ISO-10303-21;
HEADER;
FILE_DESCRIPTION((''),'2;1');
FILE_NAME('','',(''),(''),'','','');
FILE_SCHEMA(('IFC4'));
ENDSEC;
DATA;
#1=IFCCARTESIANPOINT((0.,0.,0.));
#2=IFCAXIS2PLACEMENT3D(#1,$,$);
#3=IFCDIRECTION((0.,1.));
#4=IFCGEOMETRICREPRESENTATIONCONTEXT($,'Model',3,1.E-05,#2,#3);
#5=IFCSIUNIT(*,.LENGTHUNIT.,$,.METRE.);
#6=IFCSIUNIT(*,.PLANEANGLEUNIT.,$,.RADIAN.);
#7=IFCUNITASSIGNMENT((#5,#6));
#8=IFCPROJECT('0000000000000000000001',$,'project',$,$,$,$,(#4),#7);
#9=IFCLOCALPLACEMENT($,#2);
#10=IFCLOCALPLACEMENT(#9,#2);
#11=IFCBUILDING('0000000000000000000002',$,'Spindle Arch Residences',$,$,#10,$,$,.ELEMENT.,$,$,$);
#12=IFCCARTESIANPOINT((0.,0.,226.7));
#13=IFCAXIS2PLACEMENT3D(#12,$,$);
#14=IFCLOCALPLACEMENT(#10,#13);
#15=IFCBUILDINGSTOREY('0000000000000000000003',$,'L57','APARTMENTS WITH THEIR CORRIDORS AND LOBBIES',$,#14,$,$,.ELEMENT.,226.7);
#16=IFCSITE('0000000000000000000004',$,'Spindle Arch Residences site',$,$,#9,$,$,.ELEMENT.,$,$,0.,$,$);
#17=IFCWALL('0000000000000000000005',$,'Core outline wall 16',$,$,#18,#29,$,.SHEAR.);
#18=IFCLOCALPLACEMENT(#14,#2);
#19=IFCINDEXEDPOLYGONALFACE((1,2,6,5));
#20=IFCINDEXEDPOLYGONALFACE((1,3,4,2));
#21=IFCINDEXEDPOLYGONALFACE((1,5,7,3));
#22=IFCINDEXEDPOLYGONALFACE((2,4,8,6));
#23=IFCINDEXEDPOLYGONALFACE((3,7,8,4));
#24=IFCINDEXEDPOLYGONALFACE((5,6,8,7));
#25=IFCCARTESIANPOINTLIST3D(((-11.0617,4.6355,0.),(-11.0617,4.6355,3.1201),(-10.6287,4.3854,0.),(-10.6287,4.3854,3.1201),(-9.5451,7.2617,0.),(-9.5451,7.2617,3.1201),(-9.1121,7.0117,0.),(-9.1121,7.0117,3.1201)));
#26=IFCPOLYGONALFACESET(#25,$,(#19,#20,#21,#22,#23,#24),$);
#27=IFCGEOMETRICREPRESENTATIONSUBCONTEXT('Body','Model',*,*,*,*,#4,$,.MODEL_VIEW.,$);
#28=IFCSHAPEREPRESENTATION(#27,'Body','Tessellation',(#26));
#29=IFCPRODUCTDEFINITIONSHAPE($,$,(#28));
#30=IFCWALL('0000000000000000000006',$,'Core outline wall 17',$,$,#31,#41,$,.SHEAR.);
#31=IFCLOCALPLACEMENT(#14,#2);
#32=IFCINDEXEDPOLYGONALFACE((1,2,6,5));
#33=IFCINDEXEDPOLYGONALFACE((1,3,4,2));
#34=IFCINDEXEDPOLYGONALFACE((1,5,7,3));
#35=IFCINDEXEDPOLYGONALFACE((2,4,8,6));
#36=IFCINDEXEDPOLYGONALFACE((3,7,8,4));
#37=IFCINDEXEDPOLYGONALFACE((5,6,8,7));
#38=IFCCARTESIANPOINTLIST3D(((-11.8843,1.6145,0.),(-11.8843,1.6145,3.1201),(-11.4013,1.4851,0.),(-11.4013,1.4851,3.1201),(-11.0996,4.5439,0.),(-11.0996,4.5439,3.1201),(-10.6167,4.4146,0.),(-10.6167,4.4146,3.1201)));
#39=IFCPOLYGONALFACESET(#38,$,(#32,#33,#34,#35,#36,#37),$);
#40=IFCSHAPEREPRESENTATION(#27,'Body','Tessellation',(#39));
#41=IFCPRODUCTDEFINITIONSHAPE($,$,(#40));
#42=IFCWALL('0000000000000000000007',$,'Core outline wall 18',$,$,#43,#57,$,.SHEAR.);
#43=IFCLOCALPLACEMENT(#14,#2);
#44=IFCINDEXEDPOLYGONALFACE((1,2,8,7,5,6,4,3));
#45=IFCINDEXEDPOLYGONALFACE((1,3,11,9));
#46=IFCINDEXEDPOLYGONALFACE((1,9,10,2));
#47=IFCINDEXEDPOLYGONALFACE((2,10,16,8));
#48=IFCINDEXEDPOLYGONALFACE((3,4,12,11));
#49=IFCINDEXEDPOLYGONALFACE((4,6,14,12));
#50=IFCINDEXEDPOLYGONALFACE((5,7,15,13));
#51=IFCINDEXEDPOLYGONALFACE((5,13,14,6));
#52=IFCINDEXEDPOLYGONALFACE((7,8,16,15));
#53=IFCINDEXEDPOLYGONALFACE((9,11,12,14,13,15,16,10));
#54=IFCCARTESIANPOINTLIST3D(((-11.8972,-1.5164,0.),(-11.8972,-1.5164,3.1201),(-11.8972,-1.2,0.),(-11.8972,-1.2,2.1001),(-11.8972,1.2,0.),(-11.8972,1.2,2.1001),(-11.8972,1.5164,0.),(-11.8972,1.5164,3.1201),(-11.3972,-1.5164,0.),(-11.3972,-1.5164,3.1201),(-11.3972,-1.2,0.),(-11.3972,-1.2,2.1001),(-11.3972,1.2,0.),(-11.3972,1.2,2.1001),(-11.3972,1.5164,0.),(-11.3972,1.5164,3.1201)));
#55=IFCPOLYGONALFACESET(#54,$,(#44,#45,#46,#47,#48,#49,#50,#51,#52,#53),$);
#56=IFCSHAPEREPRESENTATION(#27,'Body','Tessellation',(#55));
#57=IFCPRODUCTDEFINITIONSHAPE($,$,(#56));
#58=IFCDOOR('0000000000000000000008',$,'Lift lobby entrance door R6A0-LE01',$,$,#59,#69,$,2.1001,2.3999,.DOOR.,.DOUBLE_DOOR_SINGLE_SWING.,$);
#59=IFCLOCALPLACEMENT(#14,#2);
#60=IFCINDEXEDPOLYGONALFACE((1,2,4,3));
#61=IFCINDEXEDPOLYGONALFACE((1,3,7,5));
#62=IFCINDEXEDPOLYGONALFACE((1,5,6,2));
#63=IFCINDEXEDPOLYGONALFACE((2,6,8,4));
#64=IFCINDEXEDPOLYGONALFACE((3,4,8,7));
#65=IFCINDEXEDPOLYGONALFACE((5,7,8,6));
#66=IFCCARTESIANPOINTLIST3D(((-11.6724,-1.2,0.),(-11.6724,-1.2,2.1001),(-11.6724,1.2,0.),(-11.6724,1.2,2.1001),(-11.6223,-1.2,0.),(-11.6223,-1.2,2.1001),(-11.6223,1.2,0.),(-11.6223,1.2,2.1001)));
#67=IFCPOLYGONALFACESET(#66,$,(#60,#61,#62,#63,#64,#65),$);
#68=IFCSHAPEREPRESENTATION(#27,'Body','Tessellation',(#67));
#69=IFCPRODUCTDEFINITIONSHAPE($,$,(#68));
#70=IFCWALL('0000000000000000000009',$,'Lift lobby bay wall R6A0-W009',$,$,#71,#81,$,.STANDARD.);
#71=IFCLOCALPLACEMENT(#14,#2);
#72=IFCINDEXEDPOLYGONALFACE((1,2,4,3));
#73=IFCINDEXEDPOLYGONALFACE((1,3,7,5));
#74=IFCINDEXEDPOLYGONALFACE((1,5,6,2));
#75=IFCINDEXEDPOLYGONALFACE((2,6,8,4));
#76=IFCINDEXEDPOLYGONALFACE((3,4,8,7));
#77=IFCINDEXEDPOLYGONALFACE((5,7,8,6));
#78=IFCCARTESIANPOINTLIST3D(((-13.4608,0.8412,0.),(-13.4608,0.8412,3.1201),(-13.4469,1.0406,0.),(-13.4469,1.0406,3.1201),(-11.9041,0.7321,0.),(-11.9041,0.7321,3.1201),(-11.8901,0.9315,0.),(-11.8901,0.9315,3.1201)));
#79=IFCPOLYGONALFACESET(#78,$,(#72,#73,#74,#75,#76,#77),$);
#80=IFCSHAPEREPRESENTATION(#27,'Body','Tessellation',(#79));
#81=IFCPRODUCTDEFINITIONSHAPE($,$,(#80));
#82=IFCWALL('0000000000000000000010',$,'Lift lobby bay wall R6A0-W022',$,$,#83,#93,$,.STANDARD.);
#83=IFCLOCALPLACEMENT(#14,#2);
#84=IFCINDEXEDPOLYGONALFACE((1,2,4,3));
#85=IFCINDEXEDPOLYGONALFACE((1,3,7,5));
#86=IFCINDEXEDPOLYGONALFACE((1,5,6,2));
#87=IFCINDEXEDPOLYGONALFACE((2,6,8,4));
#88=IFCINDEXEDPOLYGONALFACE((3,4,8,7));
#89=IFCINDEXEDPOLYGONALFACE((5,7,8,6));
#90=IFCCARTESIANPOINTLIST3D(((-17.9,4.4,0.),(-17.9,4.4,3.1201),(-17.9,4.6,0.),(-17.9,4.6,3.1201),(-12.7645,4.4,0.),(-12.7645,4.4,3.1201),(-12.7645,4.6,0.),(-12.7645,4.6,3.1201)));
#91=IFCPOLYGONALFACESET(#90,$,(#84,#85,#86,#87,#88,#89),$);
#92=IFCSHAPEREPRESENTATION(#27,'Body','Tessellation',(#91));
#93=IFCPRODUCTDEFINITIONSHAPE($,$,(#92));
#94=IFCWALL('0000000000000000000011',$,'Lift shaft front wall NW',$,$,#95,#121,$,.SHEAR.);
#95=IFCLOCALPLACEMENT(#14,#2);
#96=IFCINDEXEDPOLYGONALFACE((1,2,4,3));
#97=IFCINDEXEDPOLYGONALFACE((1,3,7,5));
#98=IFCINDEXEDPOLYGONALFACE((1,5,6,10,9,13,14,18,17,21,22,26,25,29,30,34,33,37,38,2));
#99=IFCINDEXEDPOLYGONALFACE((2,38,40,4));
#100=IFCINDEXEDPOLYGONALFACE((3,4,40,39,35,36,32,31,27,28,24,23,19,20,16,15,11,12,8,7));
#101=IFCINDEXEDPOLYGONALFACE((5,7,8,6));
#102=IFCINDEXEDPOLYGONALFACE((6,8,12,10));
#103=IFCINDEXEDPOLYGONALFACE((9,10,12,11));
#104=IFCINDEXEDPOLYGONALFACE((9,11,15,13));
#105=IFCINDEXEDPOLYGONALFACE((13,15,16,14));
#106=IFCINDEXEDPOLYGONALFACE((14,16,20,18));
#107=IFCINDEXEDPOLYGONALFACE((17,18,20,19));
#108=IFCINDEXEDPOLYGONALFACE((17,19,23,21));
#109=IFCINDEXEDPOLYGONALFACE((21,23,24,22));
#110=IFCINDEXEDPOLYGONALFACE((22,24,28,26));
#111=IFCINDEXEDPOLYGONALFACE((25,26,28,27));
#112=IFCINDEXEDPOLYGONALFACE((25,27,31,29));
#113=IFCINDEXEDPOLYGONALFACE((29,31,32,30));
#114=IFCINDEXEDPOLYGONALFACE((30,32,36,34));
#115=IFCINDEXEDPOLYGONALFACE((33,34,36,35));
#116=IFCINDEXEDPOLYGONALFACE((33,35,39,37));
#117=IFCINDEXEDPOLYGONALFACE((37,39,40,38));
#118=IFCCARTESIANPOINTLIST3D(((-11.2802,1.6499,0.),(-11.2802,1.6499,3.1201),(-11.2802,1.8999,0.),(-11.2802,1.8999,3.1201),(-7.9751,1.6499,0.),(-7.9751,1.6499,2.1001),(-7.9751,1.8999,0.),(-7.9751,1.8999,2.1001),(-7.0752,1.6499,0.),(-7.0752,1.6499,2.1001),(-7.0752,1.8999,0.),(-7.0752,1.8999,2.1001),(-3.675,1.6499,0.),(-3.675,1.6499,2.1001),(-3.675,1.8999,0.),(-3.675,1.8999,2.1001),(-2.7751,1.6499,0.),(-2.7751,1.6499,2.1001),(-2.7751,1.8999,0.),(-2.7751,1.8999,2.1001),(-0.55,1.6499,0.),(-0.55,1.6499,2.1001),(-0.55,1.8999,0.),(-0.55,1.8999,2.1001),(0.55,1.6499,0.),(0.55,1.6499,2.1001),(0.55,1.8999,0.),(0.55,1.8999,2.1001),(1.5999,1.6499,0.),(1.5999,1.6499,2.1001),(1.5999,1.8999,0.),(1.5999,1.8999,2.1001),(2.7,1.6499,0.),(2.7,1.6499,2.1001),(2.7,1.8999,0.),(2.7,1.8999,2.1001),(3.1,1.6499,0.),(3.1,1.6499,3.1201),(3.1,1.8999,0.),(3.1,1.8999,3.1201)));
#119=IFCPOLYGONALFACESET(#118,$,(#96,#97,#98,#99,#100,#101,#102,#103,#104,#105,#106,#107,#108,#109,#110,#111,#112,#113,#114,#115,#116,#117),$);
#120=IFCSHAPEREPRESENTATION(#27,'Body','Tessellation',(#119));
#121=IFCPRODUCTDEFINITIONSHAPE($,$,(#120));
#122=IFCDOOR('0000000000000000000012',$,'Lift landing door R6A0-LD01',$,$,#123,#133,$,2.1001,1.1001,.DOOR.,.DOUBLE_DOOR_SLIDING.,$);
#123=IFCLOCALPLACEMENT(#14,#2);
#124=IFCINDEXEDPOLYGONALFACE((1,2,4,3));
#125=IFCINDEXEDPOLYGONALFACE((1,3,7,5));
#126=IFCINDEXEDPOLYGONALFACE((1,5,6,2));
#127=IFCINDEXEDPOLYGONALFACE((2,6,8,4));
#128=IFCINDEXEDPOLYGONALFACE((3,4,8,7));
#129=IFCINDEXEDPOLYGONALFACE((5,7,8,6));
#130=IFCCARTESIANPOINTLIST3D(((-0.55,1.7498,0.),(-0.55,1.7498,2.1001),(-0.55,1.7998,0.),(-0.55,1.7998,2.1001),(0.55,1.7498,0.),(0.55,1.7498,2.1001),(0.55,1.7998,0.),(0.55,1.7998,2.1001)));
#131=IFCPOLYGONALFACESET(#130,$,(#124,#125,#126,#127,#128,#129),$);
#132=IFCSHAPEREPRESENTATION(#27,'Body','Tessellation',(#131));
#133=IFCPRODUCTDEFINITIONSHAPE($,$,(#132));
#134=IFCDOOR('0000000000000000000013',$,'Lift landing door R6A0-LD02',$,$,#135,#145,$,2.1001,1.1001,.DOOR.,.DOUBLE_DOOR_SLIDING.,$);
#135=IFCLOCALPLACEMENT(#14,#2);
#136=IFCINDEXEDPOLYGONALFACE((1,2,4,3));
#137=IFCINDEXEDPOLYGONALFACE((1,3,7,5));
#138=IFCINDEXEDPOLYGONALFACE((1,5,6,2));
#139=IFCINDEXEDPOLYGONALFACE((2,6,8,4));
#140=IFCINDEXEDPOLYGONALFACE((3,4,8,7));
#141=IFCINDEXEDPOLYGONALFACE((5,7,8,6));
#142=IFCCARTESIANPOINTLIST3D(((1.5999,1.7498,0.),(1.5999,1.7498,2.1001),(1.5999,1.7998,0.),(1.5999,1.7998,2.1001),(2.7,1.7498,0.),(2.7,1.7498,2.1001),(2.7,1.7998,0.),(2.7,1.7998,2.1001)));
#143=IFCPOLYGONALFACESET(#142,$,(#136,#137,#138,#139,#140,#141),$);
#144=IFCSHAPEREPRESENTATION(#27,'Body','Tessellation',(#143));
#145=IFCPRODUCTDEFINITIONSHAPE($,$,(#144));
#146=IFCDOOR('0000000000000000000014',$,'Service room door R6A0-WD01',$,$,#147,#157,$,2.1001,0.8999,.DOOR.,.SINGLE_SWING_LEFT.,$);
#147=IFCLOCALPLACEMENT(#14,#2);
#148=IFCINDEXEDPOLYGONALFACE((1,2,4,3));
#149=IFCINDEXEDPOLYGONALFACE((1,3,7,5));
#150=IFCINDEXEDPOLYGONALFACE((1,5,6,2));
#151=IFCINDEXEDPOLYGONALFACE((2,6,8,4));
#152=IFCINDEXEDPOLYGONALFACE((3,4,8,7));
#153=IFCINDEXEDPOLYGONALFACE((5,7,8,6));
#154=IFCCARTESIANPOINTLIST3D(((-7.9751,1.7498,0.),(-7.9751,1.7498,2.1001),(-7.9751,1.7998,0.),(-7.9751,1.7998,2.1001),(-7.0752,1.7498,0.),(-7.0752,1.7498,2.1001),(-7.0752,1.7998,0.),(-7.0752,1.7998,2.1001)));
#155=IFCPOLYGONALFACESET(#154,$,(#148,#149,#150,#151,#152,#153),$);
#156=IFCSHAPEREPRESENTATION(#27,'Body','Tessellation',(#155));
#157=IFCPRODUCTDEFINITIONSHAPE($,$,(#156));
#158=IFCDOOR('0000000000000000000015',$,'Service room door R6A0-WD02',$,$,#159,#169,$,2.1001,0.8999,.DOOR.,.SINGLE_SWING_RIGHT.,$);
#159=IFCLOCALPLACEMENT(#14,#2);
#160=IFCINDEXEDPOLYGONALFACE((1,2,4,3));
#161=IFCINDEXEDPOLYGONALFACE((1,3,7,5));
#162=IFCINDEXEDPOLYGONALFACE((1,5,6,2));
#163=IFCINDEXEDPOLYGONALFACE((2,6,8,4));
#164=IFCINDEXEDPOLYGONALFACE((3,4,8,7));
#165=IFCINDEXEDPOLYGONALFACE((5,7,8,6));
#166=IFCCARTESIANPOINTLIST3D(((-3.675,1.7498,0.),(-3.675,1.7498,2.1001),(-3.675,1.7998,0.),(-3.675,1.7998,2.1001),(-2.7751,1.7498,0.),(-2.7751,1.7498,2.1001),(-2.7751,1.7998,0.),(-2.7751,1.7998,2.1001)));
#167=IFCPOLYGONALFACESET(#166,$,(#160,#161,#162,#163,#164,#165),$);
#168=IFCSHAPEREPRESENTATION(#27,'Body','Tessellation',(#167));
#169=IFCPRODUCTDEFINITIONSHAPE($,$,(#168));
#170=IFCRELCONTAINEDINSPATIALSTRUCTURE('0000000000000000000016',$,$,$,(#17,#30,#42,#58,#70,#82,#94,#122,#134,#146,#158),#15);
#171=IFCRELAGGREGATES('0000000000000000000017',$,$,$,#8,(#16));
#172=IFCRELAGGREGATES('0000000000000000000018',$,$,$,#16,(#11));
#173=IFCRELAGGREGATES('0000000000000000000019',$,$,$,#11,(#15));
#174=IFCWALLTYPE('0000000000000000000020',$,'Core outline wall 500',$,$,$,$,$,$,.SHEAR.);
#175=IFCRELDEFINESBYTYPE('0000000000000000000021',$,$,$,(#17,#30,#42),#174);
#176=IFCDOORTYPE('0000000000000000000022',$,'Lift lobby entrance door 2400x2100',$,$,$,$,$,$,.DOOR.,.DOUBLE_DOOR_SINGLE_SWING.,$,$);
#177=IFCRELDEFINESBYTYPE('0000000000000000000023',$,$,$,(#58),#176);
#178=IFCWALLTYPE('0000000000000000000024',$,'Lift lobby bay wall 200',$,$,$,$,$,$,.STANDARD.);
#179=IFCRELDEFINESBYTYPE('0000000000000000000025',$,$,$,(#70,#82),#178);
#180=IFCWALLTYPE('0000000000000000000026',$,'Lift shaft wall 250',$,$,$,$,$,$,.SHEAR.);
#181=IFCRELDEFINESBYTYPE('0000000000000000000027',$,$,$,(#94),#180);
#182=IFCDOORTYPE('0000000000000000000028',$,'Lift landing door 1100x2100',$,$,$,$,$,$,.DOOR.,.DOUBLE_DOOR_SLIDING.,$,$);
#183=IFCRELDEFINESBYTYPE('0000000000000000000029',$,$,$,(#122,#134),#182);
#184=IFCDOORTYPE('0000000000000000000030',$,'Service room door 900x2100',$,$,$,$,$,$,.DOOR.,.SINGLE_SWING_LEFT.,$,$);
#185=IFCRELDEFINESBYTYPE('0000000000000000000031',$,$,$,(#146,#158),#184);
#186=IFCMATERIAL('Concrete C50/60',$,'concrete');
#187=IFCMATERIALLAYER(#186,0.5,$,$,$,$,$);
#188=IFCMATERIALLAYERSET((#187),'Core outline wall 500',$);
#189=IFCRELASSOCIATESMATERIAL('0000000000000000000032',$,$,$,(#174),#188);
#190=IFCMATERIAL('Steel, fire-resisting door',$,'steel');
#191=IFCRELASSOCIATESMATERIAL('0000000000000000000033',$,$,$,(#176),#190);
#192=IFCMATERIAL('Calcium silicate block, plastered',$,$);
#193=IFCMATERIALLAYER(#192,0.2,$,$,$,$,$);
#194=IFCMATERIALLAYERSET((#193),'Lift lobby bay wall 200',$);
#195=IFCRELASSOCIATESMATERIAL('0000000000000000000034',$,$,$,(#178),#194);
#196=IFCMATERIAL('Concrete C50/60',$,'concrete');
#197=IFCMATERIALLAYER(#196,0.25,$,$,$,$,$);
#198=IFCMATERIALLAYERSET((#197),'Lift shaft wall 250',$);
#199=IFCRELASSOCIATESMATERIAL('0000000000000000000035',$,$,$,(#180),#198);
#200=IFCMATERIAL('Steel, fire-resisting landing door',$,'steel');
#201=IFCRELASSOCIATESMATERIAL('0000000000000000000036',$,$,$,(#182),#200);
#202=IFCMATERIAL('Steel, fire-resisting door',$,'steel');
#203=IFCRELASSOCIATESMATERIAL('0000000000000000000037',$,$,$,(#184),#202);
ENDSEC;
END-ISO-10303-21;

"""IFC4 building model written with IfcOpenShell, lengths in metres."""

from ifc_helpers import new_model, si_unit, direction, frame, frame_2d, origin, place, context, subcontext, project, spatial, rectangle, extrude, material, layer, layer_set, type_object, element, fill, save


model = new_model("IFC4")

# Units and contexts
model_context = context("Model", 3, precision=1e-05, world=origin(), true_north=direction((0.0, 1.0)))
body_context = subcontext(model_context, "Body", "Model", "MODEL_VIEW")
ifc_project = project(units=[si_unit("LENGTHUNIT", "METRE"), si_unit("PLANEANGLEUNIT", "RADIAN")], contexts=[model_context])

# Site, building, storey
site_placement = place(None, origin())
site = spatial("IfcSite", under=ifc_project, at=site_placement, Name="Spindle Arch Residences site", CompositionType="ELEMENT", RefElevation=0.0)
building_placement = place(site_placement, origin())
building = spatial("IfcBuilding", under=site, at=building_placement, Name="Spindle Arch Residences", CompositionType="ELEMENT")
storey_placement = place(building_placement, frame((0.0, 0.0, 226.7)))
storey = spatial("IfcBuildingStorey", under=building, at=storey_placement, Name="L57", Description="APARTMENTS WITH THEIR CORRIDORS AND LOBBIES", CompositionType="ELEMENT", Elevation=226.7)

# Walls
ifc_material_1 = material(Name="Concrete C50/60", Category="concrete")
ifc_layer_1 = layer(ifc_material_1, 0.5)
ifc_layer_set_1 = layer_set([ifc_layer_1], Name="Core outline wall 500")
wall_type_1 = type_object("IfcWallType", Name="Core outline wall 500", PredefinedType="SHEAR", material=ifc_layer_set_1)
for number, where, z_axis, x_axis, name in (
    (1, (-9.3286, 7.1367, 0.0), (0.0, 0.0, 1.0), (-0.500087, -0.865975, 0.0), "Core outline wall 16"),
    (2, (-10.8582, 4.4792, 0.0), (0.0, 0.0, 1.0), (-0.258735, -0.965948, 0.0), "Core outline wall 17"),
):
    element("IfcWall", number, at=place(storey_placement, frame(where, z_axis=z_axis, x_axis=x_axis)), inside=storey, type_object=wall_type_1, Name=name, PredefinedType="SHEAR", context=body_context, shape_type="SweptSolid", body=[
        extrude(rectangle(XDim=3.0327, YDim=0.5, at=frame_2d((1.5164, 0.0))), origin(), (0.0, 0.0, 1.0), 3.1201),
    ])

# Wall, opening, door
wall_1_placement = place(storey_placement, frame((-11.6472, 1.5164, 0.0), z_axis=(0.0, 0.0, 1.0), x_axis=(0.0, -1.0, 0.0)))
wall_1 = element("IfcWall", 3, at=wall_1_placement, inside=storey, type_object=wall_type_1, Name="Core outline wall 18", PredefinedType="SHEAR", context=body_context, shape_type="SweptSolid", body=[
    extrude(rectangle(XDim=3.0327, YDim=0.5, at=frame_2d((1.5164, 0.0))), origin(), (0.0, 0.0, 1.0), 3.1201),
])
opening_1_placement = place(wall_1_placement, frame((0.3164, 0.0, 0.0)))
opening_1 = element("IfcOpeningElement", 4, at=opening_1_placement, cuts=wall_1, PredefinedType="OPENING", context=body_context, shape_type="SweptSolid", body=[
    extrude(rectangle(XDim=2.3999, YDim=2.1001, at=frame_2d((1.2, 1.05))), frame((0.0, 0.26, 0.0), z_axis=(0.0, -1.0, 0.0), x_axis=(1.0, 0.0, 0.0)), (0.0, 0.0, 1.0), 0.52),
])
ifc_material_2 = material(Name="Steel, fire-resisting door", Category="steel")
door_type_1 = type_object("IfcDoorType", Name="Lift lobby entrance door 2400x2100", OperationType="DOUBLE_DOOR_SINGLE_SWING", PredefinedType="DOOR", material=ifc_material_2)
door_1_placement = place(opening_1_placement, origin())
door_1 = element("IfcDoor", 5, at=door_1_placement, inside=storey, type_object=door_type_1, Name="Lift lobby entrance door R6A0-LE01", OperationType="DOUBLE_DOOR_SINGLE_SWING", OverallHeight=2.1001, OverallWidth=2.3999, PredefinedType="DOOR", context=body_context, shape_type="SweptSolid", body=[
    extrude(rectangle(XDim=2.3999, YDim=2.1001, at=frame_2d((1.2, 1.05))), frame((0.0, 0.0249, 0.0), z_axis=(0.0, -1.0, 0.0), x_axis=(1.0, 0.0, 0.0)), (0.0, 0.0, 1.0), 0.05),
])
fill(opening_1, door_1)

# Walls
ifc_material_3 = material(Name="Calcium silicate block, plastered")
ifc_layer_2 = layer(ifc_material_3, 0.2)
ifc_layer_set_2 = layer_set([ifc_layer_2], Name="Lift lobby bay wall 200")
wall_type_2 = type_object("IfcWallType", Name="Lift lobby bay wall 200", PredefinedType="STANDARD", material=ifc_layer_set_2)
wall_2_placement = place(storey_placement, frame((-13.4539, 0.9409, 0.0), z_axis=(0.0, 0.0, 1.0), x_axis=(0.997552, -0.069935, 0.0)))
element("IfcWall", 6, at=wall_2_placement, inside=storey, type_object=wall_type_2, Name="Lift lobby bay wall R6A0-W009", PredefinedType="STANDARD", context=body_context, shape_type="SweptSolid", body=[
    extrude(rectangle(XDim=1.5605, YDim=0.2, at=frame_2d((0.7803, 0.0))), origin(), (0.0, 0.0, 1.0), 3.1201),
])
wall_3_placement = place(storey_placement, frame((-12.7644, 4.5, 0.0), z_axis=(0.0, 0.0, 1.0), x_axis=(-1.0, 0.0, 0.0)))
element("IfcWall", 7, at=wall_3_placement, inside=storey, type_object=wall_type_2, Name="Lift lobby bay wall R6A0-W022", PredefinedType="STANDARD", context=body_context, shape_type="SweptSolid", body=[
    extrude(rectangle(XDim=5.1355, YDim=0.2, at=frame_2d((2.5679, 0.0))), origin(), (0.0, 0.0, 1.0), 3.1201),
])

# Wall, openings, doors
ifc_material_4 = material(Name="Concrete C50/60", Category="concrete")
ifc_layer_3 = layer(ifc_material_4, 0.25)
ifc_layer_set_3 = layer_set([ifc_layer_3], Name="Lift shaft wall 250")
wall_type_3 = type_object("IfcWallType", Name="Lift shaft wall 250", PredefinedType="SHEAR", material=ifc_layer_set_3)
wall_4_placement = place(storey_placement, frame((-11.28, 1.7749, 0.0), z_axis=(0.0, 0.0, 1.0), x_axis=(1.0, 0.0, 0.0)))
wall_4 = element("IfcWall", 8, at=wall_4_placement, inside=storey, type_object=wall_type_3, Name="Lift shaft front wall NW", PredefinedType="SHEAR", context=body_context, shape_type="SweptSolid", body=[
    extrude(rectangle(XDim=14.3801, YDim=0.25, at=frame_2d((7.1899, 0.0))), origin(), (0.0, 0.0, 1.0), 3.1201),
])
opening_2_placement = place(wall_4_placement, frame((10.73, 0.0, 0.0)))
opening_2 = element("IfcOpeningElement", 9, at=opening_2_placement, cuts=wall_4, PredefinedType="OPENING", context=body_context, shape_type="SweptSolid", body=[
    extrude(rectangle(XDim=1.1001, YDim=2.1001, at=frame_2d((0.55, 1.05))), frame((0.0, 0.135, 0.0), z_axis=(0.0, -1.0, 0.0), x_axis=(1.0, 0.0, 0.0)), (0.0, 0.0, 1.0), 0.27),
])
opening_3_placement = place(wall_4_placement, frame((12.8799, 0.0, 0.0)))
opening_3 = element("IfcOpeningElement", 10, at=opening_3_placement, cuts=wall_4, PredefinedType="OPENING", context=body_context, shape_type="SweptSolid", body=[
    extrude(rectangle(XDim=1.1001, YDim=2.1001, at=frame_2d((0.55, 1.05))), frame((0.0, 0.135, 0.0), z_axis=(0.0, -1.0, 0.0), x_axis=(1.0, 0.0, 0.0)), (0.0, 0.0, 1.0), 0.27),
])
opening_4_placement = place(wall_4_placement, frame((3.3049, 0.0, 0.0)))
opening_4 = element("IfcOpeningElement", 11, at=opening_4_placement, cuts=wall_4, PredefinedType="OPENING", context=body_context, shape_type="SweptSolid", body=[
    extrude(rectangle(XDim=0.8999, YDim=2.1001, at=frame_2d((0.45, 1.05))), frame((0.0, 0.135, 0.0), z_axis=(0.0, -1.0, 0.0), x_axis=(1.0, 0.0, 0.0)), (0.0, 0.0, 1.0), 0.27),
])
opening_5_placement = place(wall_4_placement, frame((7.605, 0.0, 0.0)))
opening_5 = element("IfcOpeningElement", 12, at=opening_5_placement, cuts=wall_4, PredefinedType="OPENING", context=body_context, shape_type="SweptSolid", body=[
    extrude(rectangle(XDim=0.8999, YDim=2.1001, at=frame_2d((0.45, 1.05))), frame((0.0, 0.135, 0.0), z_axis=(0.0, -1.0, 0.0), x_axis=(1.0, 0.0, 0.0)), (0.0, 0.0, 1.0), 0.27),
])
ifc_material_5 = material(Name="Steel, fire-resisting landing door", Category="steel")
door_type_2 = type_object("IfcDoorType", Name="Lift landing door 1100x2100", OperationType="DOUBLE_DOOR_SLIDING", PredefinedType="DOOR", material=ifc_material_5)
door_2_placement = place(opening_2_placement, origin())
door_2 = element("IfcDoor", 13, at=door_2_placement, inside=storey, type_object=door_type_2, Name="Lift landing door R6A0-LD01", OperationType="DOUBLE_DOOR_SLIDING", OverallHeight=2.1001, OverallWidth=1.1001, PredefinedType="DOOR", context=body_context, shape_type="SweptSolid", body=[
    extrude(rectangle(XDim=1.1001, YDim=2.1001, at=frame_2d((0.55, 1.05))), frame((0.0, 0.0249, 0.0), z_axis=(0.0, -1.0, 0.0), x_axis=(1.0, 0.0, 0.0)), (0.0, 0.0, 1.0), 0.05),
])
fill(opening_2, door_2)
door_3_placement = place(opening_3_placement, origin())
door_3 = element("IfcDoor", 14, at=door_3_placement, inside=storey, type_object=door_type_2, Name="Lift landing door R6A0-LD02", OperationType="DOUBLE_DOOR_SLIDING", OverallHeight=2.1001, OverallWidth=1.1001, PredefinedType="DOOR", context=body_context, shape_type="SweptSolid", body=[
    extrude(rectangle(XDim=1.1001, YDim=2.1001, at=frame_2d((0.55, 1.05))), frame((0.0, 0.0249, 0.0), z_axis=(0.0, -1.0, 0.0), x_axis=(1.0, 0.0, 0.0)), (0.0, 0.0, 1.0), 0.05),
])
fill(opening_3, door_3)
ifc_material_6 = material(Name="Steel, fire-resisting door", Category="steel")
door_type_3 = type_object("IfcDoorType", Name="Service room door 900x2100", OperationType="SINGLE_SWING_LEFT", PredefinedType="DOOR", material=ifc_material_6)
door_4_placement = place(opening_4_placement, origin())
door_4 = element("IfcDoor", 15, at=door_4_placement, inside=storey, type_object=door_type_3, Name="Service room door R6A0-WD01", OperationType="SINGLE_SWING_LEFT", OverallHeight=2.1001, OverallWidth=0.8999, PredefinedType="DOOR", context=body_context, shape_type="SweptSolid", body=[
    extrude(rectangle(XDim=0.8999, YDim=2.1001, at=frame_2d((0.45, 1.05))), frame((0.0, 0.0249, 0.0), z_axis=(0.0, -1.0, 0.0), x_axis=(1.0, 0.0, 0.0)), (0.0, 0.0, 1.0), 0.05),
])
fill(opening_4, door_4)
door_5_placement = place(opening_5_placement, origin())
door_5 = element("IfcDoor", 16, at=door_5_placement, inside=storey, type_object=door_type_3, Name="Service room door R6A0-WD02", OperationType="SINGLE_SWING_RIGHT", OverallHeight=2.1001, OverallWidth=0.8999, PredefinedType="DOOR", context=body_context, shape_type="SweptSolid", body=[
    extrude(rectangle(XDim=0.8999, YDim=2.1001, at=frame_2d((0.45, 1.05))), frame((0.0, 0.0249, 0.0), z_axis=(0.0, -1.0, 0.0), x_axis=(1.0, 0.0, 0.0)), (0.0, 0.0, 1.0), 0.05),
])
fill(opening_5, door_5)

save(model, "model.ifc")
